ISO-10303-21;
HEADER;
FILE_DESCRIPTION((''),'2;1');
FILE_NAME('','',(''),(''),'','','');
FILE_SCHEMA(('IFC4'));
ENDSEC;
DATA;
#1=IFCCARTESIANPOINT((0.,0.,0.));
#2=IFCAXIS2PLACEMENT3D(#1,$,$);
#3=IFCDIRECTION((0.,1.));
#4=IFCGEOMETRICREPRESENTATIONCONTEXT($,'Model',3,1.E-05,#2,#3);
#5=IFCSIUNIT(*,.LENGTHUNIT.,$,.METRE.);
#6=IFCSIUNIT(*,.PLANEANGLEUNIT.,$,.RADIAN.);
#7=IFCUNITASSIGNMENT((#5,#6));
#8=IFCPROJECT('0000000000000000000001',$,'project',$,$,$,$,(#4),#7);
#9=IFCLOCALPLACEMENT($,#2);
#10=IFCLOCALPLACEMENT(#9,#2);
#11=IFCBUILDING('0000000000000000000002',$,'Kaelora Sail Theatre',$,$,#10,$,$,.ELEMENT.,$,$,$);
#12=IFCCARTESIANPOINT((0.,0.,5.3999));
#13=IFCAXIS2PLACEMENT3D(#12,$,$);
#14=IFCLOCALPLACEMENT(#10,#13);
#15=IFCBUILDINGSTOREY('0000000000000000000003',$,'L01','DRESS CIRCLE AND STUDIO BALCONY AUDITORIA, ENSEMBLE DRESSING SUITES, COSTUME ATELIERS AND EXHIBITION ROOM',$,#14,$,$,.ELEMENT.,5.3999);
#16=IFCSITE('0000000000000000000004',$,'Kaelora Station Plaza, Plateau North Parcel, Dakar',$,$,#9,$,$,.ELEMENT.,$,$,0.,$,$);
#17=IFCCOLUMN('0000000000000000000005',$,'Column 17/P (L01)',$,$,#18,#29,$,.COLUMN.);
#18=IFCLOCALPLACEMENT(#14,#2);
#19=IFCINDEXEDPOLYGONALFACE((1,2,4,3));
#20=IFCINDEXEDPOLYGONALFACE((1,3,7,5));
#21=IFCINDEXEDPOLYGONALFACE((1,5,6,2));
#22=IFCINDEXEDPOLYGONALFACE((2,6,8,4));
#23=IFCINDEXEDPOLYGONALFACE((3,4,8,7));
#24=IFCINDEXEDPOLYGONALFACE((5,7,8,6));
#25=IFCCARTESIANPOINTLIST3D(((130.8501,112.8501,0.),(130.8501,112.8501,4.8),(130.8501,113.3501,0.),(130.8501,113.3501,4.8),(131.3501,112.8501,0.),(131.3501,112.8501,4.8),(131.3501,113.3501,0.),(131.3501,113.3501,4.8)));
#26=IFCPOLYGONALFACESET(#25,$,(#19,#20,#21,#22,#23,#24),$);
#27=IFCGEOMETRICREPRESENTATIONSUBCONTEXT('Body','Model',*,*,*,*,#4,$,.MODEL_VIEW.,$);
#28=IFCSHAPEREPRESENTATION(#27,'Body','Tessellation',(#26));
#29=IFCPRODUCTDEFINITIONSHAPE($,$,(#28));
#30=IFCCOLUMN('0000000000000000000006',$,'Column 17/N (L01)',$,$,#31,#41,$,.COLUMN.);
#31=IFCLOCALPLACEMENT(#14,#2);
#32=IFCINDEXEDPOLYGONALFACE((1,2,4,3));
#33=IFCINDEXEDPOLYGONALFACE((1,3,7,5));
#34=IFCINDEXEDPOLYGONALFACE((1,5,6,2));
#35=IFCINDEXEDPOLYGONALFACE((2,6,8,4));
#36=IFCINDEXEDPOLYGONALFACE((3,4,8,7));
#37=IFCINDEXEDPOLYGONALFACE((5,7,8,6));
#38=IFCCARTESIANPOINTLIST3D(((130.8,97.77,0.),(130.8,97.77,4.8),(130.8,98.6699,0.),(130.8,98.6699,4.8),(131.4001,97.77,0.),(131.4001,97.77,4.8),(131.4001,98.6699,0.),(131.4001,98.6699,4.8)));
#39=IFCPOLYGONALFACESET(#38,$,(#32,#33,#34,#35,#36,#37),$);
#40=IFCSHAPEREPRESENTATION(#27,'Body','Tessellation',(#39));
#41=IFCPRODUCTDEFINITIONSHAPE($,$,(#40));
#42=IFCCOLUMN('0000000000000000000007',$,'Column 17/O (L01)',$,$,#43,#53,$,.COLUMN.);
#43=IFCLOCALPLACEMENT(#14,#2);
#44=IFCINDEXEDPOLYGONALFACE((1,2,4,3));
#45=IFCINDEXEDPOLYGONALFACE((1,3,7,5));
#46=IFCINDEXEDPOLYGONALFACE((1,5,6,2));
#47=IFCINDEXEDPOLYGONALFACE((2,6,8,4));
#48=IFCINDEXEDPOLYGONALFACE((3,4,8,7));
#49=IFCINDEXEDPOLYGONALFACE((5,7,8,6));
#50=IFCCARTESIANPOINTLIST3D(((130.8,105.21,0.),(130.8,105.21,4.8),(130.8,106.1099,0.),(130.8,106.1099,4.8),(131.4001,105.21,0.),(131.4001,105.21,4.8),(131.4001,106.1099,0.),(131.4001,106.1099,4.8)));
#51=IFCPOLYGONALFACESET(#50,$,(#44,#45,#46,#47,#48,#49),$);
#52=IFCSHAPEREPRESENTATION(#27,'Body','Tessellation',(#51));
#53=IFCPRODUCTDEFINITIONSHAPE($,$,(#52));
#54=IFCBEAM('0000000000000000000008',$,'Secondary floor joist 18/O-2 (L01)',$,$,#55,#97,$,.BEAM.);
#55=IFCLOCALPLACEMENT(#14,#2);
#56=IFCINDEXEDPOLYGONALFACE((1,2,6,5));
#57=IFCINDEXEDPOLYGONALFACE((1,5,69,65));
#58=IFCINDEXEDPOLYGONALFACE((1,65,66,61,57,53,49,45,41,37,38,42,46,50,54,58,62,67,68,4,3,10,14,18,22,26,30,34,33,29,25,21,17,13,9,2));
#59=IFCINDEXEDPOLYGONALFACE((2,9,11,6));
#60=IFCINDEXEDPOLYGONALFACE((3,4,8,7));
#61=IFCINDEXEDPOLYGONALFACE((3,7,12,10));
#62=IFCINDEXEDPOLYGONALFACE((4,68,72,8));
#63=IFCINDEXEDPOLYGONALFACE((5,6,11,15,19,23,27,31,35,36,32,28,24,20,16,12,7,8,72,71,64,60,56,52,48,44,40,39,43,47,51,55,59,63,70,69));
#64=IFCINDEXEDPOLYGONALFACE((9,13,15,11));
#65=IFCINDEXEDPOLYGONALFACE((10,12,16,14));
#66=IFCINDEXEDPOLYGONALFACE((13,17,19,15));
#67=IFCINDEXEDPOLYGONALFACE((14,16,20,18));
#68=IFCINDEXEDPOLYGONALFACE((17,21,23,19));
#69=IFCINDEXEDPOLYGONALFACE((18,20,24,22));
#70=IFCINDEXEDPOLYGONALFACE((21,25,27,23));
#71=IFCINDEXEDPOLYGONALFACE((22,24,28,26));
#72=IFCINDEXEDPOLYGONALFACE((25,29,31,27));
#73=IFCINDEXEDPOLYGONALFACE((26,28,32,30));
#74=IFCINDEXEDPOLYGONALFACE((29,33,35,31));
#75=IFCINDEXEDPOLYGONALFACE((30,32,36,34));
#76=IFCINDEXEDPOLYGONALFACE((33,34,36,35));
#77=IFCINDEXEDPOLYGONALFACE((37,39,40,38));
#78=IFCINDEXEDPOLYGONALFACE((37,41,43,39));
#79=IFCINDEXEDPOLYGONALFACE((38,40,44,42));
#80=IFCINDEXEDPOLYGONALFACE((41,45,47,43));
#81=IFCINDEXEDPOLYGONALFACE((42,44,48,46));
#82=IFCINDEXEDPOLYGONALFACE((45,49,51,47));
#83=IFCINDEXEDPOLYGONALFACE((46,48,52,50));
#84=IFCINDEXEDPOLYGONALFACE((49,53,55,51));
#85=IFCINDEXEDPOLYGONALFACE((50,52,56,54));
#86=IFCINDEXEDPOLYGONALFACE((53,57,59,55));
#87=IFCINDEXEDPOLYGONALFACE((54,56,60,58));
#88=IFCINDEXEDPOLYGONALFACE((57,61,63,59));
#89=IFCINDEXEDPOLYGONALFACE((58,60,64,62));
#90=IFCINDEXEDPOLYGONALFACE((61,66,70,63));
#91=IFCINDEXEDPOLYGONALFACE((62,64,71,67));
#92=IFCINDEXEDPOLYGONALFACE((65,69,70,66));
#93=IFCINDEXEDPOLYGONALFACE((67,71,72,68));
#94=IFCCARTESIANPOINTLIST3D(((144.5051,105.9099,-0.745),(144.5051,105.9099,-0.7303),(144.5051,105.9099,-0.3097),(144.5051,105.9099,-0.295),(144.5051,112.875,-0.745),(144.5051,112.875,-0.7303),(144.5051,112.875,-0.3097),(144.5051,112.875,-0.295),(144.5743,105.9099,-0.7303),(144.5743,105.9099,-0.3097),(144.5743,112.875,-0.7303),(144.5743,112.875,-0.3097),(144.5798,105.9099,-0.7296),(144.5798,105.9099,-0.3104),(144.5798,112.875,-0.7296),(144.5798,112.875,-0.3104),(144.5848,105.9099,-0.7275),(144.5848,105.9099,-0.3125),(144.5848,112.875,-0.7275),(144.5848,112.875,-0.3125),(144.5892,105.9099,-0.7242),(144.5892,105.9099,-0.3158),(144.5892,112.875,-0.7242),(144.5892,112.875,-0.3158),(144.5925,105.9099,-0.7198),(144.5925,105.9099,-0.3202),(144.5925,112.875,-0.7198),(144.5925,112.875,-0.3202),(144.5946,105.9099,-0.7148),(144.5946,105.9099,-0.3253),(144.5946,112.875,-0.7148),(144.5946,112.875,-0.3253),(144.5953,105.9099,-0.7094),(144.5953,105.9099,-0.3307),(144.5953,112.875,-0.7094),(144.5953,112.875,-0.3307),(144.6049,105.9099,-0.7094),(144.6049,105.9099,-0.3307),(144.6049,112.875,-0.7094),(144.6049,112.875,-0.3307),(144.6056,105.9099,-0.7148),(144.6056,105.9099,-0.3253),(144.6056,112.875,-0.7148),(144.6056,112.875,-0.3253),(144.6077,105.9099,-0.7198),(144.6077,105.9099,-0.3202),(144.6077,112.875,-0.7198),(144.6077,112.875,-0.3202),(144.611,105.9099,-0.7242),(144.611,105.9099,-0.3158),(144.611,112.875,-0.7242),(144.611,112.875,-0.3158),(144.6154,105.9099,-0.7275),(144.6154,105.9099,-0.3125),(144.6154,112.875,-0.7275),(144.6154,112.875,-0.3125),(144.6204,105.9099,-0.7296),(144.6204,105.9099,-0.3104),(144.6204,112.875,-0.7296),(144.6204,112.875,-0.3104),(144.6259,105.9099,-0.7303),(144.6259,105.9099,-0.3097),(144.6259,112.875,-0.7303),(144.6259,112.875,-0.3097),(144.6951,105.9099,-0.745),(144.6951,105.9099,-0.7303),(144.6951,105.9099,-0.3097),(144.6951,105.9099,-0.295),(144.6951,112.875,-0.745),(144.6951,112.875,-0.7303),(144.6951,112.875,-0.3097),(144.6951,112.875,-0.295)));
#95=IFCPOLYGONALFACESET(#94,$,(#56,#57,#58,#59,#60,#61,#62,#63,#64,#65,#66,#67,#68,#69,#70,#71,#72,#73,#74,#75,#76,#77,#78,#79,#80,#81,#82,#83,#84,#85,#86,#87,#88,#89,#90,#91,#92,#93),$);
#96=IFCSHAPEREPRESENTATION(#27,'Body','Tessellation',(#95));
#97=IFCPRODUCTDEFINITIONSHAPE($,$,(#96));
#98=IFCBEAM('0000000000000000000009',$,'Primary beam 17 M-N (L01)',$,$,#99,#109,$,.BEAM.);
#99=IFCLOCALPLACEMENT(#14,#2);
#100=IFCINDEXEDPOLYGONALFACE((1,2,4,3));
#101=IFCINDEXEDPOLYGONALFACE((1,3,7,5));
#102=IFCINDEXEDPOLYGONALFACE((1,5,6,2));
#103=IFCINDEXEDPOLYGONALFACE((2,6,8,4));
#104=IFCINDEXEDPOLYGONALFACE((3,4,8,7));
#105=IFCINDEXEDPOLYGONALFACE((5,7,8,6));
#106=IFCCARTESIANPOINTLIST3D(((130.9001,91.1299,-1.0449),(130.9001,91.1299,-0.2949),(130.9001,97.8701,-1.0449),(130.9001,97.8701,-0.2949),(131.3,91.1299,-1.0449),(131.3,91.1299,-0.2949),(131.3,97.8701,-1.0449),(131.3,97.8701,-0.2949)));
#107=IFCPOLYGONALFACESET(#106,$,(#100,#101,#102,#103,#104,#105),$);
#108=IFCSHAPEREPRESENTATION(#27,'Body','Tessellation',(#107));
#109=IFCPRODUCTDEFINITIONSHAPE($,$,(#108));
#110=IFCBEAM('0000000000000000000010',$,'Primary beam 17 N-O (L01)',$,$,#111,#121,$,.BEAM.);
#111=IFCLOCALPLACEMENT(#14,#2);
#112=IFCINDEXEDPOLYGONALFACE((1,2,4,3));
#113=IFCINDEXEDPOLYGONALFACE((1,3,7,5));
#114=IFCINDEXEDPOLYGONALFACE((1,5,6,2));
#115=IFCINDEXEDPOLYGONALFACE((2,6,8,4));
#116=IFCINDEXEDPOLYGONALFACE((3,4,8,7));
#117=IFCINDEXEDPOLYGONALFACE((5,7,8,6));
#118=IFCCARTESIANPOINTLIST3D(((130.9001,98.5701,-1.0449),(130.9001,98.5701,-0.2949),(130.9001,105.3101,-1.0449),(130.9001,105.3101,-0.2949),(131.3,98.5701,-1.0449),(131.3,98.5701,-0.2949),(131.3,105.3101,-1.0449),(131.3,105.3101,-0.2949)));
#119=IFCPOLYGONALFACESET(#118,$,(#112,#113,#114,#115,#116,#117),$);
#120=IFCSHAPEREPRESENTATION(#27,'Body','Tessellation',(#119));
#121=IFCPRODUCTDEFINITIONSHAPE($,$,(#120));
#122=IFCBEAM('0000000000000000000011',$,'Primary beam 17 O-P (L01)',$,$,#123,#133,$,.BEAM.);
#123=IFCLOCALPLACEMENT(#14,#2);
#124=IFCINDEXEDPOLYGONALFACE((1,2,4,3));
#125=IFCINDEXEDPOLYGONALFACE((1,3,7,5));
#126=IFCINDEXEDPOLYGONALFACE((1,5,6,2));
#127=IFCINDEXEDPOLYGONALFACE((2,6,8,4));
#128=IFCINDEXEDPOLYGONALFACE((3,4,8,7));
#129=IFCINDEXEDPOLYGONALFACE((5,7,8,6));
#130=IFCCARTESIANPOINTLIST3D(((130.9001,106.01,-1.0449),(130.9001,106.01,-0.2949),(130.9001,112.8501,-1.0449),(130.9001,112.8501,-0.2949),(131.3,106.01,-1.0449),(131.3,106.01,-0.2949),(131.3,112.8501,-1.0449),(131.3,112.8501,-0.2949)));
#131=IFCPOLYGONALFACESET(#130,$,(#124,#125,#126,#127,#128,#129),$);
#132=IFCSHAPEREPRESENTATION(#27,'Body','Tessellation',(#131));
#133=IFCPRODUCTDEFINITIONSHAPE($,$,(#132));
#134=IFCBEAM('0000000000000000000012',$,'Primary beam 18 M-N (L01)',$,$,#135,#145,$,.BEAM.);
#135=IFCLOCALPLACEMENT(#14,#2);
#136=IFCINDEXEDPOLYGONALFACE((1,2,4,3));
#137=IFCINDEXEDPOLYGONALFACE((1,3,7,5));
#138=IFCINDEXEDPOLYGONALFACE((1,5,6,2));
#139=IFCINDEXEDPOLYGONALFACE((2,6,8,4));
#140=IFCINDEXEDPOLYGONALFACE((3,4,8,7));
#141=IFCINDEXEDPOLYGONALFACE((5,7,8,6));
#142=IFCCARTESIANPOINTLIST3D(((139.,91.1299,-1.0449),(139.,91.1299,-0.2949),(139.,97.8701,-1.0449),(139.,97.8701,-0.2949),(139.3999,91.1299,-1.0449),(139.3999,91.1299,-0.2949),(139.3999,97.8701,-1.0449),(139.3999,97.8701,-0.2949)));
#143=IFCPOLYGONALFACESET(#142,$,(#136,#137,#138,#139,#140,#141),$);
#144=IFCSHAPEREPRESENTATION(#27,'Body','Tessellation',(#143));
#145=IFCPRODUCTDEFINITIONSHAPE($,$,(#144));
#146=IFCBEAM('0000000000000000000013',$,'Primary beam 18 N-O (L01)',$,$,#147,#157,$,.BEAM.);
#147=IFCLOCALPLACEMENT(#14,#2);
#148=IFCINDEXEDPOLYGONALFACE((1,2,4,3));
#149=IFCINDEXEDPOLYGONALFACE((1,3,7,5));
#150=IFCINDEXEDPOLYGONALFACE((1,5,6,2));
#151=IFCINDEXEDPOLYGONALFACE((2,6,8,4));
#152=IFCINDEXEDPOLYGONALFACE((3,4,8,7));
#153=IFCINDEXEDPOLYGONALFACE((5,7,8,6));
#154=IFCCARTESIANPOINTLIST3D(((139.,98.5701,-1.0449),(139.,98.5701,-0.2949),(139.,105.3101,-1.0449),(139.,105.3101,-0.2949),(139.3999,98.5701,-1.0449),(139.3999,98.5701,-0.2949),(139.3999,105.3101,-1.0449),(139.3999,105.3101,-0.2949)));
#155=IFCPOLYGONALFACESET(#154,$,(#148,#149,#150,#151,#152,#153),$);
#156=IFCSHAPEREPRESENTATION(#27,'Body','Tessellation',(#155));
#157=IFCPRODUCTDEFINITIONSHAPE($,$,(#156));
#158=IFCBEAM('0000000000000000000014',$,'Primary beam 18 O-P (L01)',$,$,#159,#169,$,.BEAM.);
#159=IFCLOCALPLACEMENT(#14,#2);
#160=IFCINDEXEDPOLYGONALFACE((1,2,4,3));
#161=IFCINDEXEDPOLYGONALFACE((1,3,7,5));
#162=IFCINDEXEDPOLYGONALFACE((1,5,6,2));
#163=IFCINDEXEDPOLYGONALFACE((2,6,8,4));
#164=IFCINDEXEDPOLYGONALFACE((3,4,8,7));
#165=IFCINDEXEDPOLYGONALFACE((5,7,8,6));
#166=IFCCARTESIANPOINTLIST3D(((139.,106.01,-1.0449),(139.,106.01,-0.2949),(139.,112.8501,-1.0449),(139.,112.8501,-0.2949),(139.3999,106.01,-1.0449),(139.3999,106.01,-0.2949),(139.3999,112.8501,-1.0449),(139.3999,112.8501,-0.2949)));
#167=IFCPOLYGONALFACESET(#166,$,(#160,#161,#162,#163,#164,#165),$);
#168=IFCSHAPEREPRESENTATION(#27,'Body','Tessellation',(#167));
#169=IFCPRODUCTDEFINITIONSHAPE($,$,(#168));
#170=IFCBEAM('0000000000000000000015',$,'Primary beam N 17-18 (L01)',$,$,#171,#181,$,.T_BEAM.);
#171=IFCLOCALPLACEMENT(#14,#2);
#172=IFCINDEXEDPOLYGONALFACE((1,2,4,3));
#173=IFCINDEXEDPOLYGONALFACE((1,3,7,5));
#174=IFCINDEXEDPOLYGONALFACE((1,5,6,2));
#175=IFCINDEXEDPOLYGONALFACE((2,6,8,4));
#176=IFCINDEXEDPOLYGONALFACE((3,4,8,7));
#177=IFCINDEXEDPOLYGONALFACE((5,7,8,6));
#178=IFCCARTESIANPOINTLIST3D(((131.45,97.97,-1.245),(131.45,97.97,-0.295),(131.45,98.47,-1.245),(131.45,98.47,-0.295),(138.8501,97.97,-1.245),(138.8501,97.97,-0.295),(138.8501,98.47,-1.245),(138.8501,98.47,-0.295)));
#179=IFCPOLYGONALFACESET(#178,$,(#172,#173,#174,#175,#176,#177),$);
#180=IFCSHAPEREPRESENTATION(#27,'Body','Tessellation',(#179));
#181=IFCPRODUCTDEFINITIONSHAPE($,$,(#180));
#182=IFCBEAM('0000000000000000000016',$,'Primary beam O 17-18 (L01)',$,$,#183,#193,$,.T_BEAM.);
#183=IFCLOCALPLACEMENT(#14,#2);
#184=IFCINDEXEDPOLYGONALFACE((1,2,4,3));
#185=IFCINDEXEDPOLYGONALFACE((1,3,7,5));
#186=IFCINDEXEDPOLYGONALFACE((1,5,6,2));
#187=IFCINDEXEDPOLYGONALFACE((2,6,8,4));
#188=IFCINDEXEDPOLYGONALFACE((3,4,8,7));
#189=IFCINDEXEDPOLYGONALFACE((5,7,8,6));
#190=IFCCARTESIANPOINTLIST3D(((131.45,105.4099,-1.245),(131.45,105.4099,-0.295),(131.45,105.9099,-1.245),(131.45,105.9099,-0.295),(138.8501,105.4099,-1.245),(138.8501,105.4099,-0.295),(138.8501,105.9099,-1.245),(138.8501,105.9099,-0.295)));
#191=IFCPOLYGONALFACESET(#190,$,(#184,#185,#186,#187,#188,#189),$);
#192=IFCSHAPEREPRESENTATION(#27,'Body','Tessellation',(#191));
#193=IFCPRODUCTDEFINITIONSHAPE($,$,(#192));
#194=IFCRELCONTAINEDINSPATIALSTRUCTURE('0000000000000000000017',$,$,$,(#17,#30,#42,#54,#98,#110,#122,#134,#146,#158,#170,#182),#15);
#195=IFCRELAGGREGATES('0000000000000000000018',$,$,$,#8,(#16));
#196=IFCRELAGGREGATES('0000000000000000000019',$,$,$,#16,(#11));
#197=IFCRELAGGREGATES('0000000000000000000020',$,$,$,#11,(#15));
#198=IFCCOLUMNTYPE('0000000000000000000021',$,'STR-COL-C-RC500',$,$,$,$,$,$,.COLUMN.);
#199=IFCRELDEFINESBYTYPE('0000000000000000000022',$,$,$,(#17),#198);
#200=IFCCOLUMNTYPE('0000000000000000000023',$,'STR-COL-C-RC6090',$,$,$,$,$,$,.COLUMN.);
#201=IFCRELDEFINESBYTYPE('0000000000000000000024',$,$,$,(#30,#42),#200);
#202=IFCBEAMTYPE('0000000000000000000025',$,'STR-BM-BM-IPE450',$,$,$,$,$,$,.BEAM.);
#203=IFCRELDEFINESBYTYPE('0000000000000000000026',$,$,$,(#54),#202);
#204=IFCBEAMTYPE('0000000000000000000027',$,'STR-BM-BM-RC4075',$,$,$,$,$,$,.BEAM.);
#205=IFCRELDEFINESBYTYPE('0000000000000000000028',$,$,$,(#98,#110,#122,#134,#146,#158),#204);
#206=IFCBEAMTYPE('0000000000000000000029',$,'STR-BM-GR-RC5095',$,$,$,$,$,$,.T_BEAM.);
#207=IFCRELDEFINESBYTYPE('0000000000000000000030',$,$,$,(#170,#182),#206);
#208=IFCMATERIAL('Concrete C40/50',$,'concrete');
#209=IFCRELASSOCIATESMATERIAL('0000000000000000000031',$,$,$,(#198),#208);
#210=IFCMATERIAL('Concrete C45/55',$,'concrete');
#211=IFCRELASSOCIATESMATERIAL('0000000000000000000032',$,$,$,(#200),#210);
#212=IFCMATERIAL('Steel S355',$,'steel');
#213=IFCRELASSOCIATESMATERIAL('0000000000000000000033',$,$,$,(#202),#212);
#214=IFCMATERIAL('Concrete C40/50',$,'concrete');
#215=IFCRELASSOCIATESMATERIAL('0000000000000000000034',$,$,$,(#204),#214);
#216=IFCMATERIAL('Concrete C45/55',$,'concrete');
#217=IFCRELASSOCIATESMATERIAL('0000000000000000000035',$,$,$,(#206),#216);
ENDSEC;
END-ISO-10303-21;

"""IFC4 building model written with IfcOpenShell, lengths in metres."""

from ifc_helpers import new_model, si_unit, direction, frame, origin, origin_2d, place, context, subcontext, project, spatial, rectangle, i_section, extrude, material, material_profile, profile_set, type_object, element, save


model = new_model("IFC4")

# Units and contexts
model_context = context("Model", 3, precision=1e-05, world=origin(), true_north=direction((0.0, 1.0)))
body_context = subcontext(model_context, "Body", "Model", "MODEL_VIEW")
ifc_project = project(units=[si_unit("LENGTHUNIT", "METRE"), si_unit("PLANEANGLEUNIT", "RADIAN")], contexts=[model_context])

# Site, building, storey
site_placement = place(None, origin())
site = spatial("IfcSite", under=ifc_project, at=site_placement, Name="Kaelora Station Plaza, Plateau North Parcel, Dakar", CompositionType="ELEMENT", RefElevation=0.0)
building_placement = place(site_placement, origin())
building = spatial("IfcBuilding", under=site, at=building_placement, Name="Kaelora Sail Theatre", CompositionType="ELEMENT")
storey_placement = place(building_placement, frame((0.0, 0.0, 5.3999)))
storey = spatial("IfcBuildingStorey", under=building, at=storey_placement, Name="L01", Description="DRESS CIRCLE AND STUDIO BALCONY AUDITORIA, ENSEMBLE DRESSING SUITES, COSTUME ATELIERS AND EXHIBITION ROOM", CompositionType="ELEMENT", Elevation=5.3999)

# Columns
ifc_material_1 = material(Name="Concrete C40/50", Category="concrete")
ifc_material_profile_1 = material_profile(ifc_material_1, rectangle(XDim=0.5, YDim=0.5, at=origin_2d()), Name="RC-COL 500x500")
ifc_profile_set_1 = profile_set([ifc_material_profile_1], Name="Concrete C40/50")
column_type_1 = type_object("IfcColumnType", Name="STR-COL-C-RC500", PredefinedType="COLUMN", material=ifc_profile_set_1)
column_placement = place(storey_placement, frame((131.1001, 113.1001, 0.0), z_axis=(0.0, 0.0, 1.0), x_axis=(1.0, 0.0, 0.0)))
element("IfcColumn", 1, at=column_placement, inside=storey, type_object=column_type_1, Name="Column 17/P (L01)", PredefinedType="COLUMN", context=body_context, shape_type="SweptSolid", body=[
    extrude(rectangle(XDim=0.5, YDim=0.5, at=origin_2d()), origin(), (0.0, 0.0, 1.0), 4.8),
])
ifc_material_2 = material(Name="Concrete C45/55", Category="concrete")
ifc_material_profile_2 = material_profile(ifc_material_2, rectangle(XDim=0.6001, YDim=0.8999, at=origin_2d()), Name="RC-COL 600x900")
ifc_profile_set_2 = profile_set([ifc_material_profile_2], Name="Concrete C45/55")
column_type_2 = type_object("IfcColumnType", Name="STR-COL-C-RC6090", PredefinedType="COLUMN", material=ifc_profile_set_2)
for number, where, z_axis, x_axis, name in (
    (2, (131.1001, 98.22, 0.0), (0.0, 0.0, 1.0), (1.0, 0.0, 0.0), "Column 17/N (L01)"),
    (3, (131.1001, 105.6599, 0.0), (0.0, 0.0, 1.0), (1.0, 0.0, 0.0), "Column 17/O (L01)"),
):
    element("IfcColumn", number, at=place(storey_placement, frame(where, z_axis=z_axis, x_axis=x_axis)), inside=storey, type_object=column_type_2, Name=name, PredefinedType="COLUMN", context=body_context, shape_type="SweptSolid", body=[
        extrude(rectangle(XDim=0.6001, YDim=0.8999, at=origin_2d()), origin(), (0.0, 0.0, 1.0), 4.8),
    ])

# Beams
ifc_material_3 = material(Name="Steel S355", Category="steel")
ifc_material_profile_3 = material_profile(ifc_material_3, i_section(OverallWidth=0.1899, OverallDepth=0.45, WebThickness=0.0095, FlangeThickness=0.0146, FilletRadius=0.021, at=origin_2d()), Name="IPE 450")
ifc_profile_set_3 = profile_set([ifc_material_profile_3], Name="Steel S355")
beam_type_1 = type_object("IfcBeamType", Name="STR-BM-BM-IPE450", PredefinedType="BEAM", material=ifc_profile_set_3)
beam_1_placement = place(storey_placement, frame((144.6001, 105.9099, -0.52), z_axis=(0.0, 1.0, 0.0), x_axis=(-1.0, 0.0, 0.0)))
element("IfcBeam", 4, at=beam_1_placement, inside=storey, type_object=beam_type_1, Name="Secondary floor joist 18/O-2 (L01)", PredefinedType="BEAM", context=body_context, shape_type="SweptSolid", body=[
    extrude(i_section(OverallWidth=0.1899, OverallDepth=0.45, WebThickness=0.0095, FlangeThickness=0.0146, FilletRadius=0.021, at=origin_2d()), origin(), (0.0, 0.0, 1.0), 6.9651),
])
ifc_material_4 = material(Name="Concrete C40/50", Category="concrete")
ifc_material_profile_4 = material_profile(ifc_material_4, rectangle(XDim=0.3999, YDim=0.75, at=origin_2d()), Name="RC-BM 400x750")
ifc_profile_set_4 = profile_set([ifc_material_profile_4], Name="Concrete C40/50")
beam_type_2 = type_object("IfcBeamType", Name="STR-BM-BM-RC4075", PredefinedType="BEAM", material=ifc_profile_set_4)
beam_2_placement = place(storey_placement, frame((131.1001, 91.1299, -0.6699), z_axis=(0.0, 1.0, 0.0), x_axis=(-1.0, 0.0, 0.0)))
element("IfcBeam", 5, at=beam_2_placement, inside=storey, type_object=beam_type_2, Name="Primary beam 17 M-N (L01)", PredefinedType="BEAM", context=body_context, shape_type="SweptSolid", body=[
    extrude(rectangle(XDim=0.3999, YDim=0.75, at=origin_2d()), origin(), (0.0, 0.0, 1.0), 6.7402),
])
beam_3_placement = place(storey_placement, frame((131.1001, 98.5701, -0.6699), z_axis=(0.0, 1.0, 0.0), x_axis=(-1.0, 0.0, 0.0)))
element("IfcBeam", 6, at=beam_3_placement, inside=storey, type_object=beam_type_2, Name="Primary beam 17 N-O (L01)", PredefinedType="BEAM", context=body_context, shape_type="SweptSolid", body=[
    extrude(rectangle(XDim=0.3999, YDim=0.75, at=origin_2d()), origin(), (0.0, 0.0, 1.0), 6.74),
])
beam_4_placement = place(storey_placement, frame((131.1001, 106.01, -0.6699), z_axis=(0.0, 1.0, 0.0), x_axis=(-1.0, 0.0, 0.0)))
element("IfcBeam", 7, at=beam_4_placement, inside=storey, type_object=beam_type_2, Name="Primary beam 17 O-P (L01)", PredefinedType="BEAM", context=body_context, shape_type="SweptSolid", body=[
    extrude(rectangle(XDim=0.3999, YDim=0.75, at=origin_2d()), origin(), (0.0, 0.0, 1.0), 6.8401),
])
beam_5_placement = place(storey_placement, frame((139.2, 91.1299, -0.6699), z_axis=(0.0, 1.0, 0.0), x_axis=(-1.0, 0.0, 0.0)))
element("IfcBeam", 8, at=beam_5_placement, inside=storey, type_object=beam_type_2, Name="Primary beam 18 M-N (L01)", PredefinedType="BEAM", context=body_context, shape_type="SweptSolid", body=[
    extrude(rectangle(XDim=0.3999, YDim=0.75, at=origin_2d()), origin(), (0.0, 0.0, 1.0), 6.7402),
])
beam_6_placement = place(storey_placement, frame((139.2, 98.5701, -0.6699), z_axis=(0.0, 1.0, 0.0), x_axis=(-1.0, 0.0, 0.0)))
element("IfcBeam", 9, at=beam_6_placement, inside=storey, type_object=beam_type_2, Name="Primary beam 18 N-O (L01)", PredefinedType="BEAM", context=body_context, shape_type="SweptSolid", body=[
    extrude(rectangle(XDim=0.3999, YDim=0.75, at=origin_2d()), origin(), (0.0, 0.0, 1.0), 6.74),
])
beam_7_placement = place(storey_placement, frame((139.2, 106.01, -0.6699), z_axis=(0.0, 1.0, 0.0), x_axis=(-1.0, 0.0, 0.0)))
element("IfcBeam", 10, at=beam_7_placement, inside=storey, type_object=beam_type_2, Name="Primary beam 18 O-P (L01)", PredefinedType="BEAM", context=body_context, shape_type="SweptSolid", body=[
    extrude(rectangle(XDim=0.3999, YDim=0.75, at=origin_2d()), origin(), (0.0, 0.0, 1.0), 6.8401),
])
ifc_material_5 = material(Name="Concrete C45/55", Category="concrete")
ifc_material_profile_5 = material_profile(ifc_material_5, rectangle(XDim=0.5, YDim=0.95, at=origin_2d()), Name="RC-GRD 500x950")
ifc_profile_set_5 = profile_set([ifc_material_profile_5], Name="Concrete C45/55")
beam_type_3 = type_object("IfcBeamType", Name="STR-BM-GR-RC5095", PredefinedType="T_BEAM", material=ifc_profile_set_5)
for number, where, z_axis, x_axis, name in (
    (11, (131.45, 98.22, -0.77), (1.0, 0.0, 0.0), (0.0, 1.0, 0.0), "Primary beam N 17-18 (L01)"),
    (12, (131.45, 105.6599, -0.77), (1.0, 0.0, 0.0), (0.0, 1.0, 0.0), "Primary beam O 17-18 (L01)"),
):
    element("IfcBeam", number, at=place(storey_placement, frame(where, z_axis=z_axis, x_axis=x_axis)), inside=storey, type_object=beam_type_3, Name=name, PredefinedType="T_BEAM", context=body_context, shape_type="SweptSolid", body=[
        extrude(rectangle(XDim=0.5, YDim=0.95, at=origin_2d()), origin(), (0.0, 0.0, 1.0), 7.4001),
    ])

save(model, "model.ifc")
